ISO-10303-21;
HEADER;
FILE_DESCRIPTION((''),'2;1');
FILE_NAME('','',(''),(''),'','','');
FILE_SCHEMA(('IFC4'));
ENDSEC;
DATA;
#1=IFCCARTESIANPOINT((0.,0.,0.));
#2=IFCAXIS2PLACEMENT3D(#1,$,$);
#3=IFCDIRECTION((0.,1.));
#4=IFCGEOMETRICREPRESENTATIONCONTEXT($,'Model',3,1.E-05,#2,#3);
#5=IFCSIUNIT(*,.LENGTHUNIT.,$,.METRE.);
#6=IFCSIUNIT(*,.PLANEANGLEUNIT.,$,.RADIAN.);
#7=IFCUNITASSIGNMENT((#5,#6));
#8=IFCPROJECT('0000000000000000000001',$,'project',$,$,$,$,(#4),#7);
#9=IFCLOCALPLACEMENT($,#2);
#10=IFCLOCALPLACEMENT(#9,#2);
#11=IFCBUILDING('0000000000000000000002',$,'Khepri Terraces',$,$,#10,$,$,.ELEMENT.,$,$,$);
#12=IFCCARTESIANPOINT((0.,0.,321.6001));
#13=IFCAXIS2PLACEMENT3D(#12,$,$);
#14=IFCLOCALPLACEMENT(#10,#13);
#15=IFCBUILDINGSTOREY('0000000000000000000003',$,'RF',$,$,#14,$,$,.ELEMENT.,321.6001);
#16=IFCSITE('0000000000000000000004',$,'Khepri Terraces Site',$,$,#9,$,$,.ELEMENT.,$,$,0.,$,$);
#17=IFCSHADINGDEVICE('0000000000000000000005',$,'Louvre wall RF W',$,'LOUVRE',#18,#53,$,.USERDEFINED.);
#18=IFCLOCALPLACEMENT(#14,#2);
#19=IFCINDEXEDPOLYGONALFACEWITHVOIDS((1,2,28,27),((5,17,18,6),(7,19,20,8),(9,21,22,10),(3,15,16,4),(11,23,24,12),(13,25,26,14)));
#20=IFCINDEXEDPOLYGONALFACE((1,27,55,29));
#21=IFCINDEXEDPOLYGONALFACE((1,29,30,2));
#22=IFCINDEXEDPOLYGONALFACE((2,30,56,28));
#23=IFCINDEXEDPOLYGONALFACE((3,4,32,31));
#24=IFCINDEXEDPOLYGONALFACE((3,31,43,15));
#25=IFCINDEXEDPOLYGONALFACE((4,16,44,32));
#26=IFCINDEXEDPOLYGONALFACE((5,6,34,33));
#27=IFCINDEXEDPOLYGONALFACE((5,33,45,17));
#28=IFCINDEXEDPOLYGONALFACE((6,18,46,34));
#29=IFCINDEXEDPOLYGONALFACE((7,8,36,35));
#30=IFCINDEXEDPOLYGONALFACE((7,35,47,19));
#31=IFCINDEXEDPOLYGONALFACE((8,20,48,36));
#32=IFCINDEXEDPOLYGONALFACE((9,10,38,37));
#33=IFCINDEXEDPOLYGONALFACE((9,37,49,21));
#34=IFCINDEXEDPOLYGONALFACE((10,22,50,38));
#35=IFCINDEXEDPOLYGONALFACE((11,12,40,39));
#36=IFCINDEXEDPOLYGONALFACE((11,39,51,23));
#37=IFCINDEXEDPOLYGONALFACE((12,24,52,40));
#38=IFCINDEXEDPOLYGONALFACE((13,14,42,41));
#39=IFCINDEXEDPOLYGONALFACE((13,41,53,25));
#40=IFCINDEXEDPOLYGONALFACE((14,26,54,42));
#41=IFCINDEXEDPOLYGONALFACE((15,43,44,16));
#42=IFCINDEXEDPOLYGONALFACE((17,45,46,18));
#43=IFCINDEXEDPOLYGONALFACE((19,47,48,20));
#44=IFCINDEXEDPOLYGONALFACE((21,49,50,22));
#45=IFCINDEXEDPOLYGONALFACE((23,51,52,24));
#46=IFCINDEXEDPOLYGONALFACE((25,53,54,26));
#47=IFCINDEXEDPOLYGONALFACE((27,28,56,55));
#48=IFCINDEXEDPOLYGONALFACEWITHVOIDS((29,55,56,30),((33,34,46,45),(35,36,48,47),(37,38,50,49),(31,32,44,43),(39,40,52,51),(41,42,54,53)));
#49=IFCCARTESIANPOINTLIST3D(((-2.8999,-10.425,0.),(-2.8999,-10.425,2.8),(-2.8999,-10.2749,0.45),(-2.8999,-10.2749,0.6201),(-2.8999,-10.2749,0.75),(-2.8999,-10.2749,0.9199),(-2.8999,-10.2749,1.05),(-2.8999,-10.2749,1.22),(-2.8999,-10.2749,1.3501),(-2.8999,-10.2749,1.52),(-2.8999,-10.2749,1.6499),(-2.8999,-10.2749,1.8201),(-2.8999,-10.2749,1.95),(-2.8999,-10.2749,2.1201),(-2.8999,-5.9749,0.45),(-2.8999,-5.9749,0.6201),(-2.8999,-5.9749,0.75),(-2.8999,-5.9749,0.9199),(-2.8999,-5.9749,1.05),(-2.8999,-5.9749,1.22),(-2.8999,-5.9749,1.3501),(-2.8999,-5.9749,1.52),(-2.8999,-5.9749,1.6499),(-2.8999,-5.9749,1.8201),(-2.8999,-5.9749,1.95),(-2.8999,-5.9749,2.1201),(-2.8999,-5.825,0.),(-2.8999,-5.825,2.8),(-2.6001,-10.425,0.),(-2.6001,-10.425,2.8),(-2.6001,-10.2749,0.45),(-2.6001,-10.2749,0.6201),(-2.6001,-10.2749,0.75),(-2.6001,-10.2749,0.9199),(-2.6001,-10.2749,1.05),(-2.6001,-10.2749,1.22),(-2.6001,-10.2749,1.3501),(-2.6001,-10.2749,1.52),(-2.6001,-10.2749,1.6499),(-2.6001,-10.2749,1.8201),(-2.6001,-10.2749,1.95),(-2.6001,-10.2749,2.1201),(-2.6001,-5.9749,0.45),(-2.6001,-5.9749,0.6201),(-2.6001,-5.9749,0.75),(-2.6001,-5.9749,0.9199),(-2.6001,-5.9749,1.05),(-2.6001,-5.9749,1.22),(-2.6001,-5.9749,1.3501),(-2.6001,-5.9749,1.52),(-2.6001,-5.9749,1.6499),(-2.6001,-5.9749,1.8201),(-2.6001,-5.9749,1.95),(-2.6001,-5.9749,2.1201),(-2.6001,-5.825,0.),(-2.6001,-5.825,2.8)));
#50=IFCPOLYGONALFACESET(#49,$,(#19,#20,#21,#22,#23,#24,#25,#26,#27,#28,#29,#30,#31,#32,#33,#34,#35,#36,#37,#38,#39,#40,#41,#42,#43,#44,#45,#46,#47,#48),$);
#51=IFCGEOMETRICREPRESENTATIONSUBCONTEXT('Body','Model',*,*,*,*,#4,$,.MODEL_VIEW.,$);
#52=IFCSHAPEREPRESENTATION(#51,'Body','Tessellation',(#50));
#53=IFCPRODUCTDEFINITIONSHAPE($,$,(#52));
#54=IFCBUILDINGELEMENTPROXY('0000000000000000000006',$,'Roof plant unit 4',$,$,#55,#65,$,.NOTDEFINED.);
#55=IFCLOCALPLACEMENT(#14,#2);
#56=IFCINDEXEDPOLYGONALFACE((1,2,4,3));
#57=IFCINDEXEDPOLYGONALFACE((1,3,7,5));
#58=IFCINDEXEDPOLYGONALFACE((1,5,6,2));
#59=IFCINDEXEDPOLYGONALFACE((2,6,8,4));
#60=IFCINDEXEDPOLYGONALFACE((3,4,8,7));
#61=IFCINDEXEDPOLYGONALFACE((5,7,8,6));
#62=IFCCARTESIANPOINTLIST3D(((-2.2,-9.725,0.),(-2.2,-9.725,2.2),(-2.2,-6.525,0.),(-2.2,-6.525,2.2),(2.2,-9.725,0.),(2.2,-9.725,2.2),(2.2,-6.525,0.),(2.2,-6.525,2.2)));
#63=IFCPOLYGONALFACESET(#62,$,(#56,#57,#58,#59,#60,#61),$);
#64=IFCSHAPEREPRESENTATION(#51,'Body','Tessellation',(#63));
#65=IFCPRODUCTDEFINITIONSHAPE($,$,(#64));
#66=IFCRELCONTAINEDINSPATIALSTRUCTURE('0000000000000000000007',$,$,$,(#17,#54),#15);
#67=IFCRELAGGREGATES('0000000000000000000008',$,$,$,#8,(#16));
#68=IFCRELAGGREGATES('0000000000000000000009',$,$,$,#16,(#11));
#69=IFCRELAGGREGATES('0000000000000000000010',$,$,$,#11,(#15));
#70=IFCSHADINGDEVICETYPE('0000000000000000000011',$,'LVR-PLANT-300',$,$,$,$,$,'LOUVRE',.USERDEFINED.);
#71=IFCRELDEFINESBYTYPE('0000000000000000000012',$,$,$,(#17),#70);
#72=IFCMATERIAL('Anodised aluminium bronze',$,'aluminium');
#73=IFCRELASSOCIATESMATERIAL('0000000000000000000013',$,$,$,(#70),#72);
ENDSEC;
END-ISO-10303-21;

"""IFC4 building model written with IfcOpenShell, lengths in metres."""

from ifc_helpers import new_model, si_unit, direction, frame, origin, origin_2d, place, context, subcontext, project, spatial, polyline, rectangle, outline, extrude, material, type_object, element, save


model = new_model("IFC4")

# Units and contexts
model_context = context("Model", 3, precision=1e-05, world=origin(), true_north=direction((0.0, 1.0)))
body_context = subcontext(model_context, "Body", "Model", "MODEL_VIEW")
ifc_project = project(units=[si_unit("LENGTHUNIT", "METRE"), si_unit("PLANEANGLEUNIT", "RADIAN")], contexts=[model_context])

# Site, building, storey
site_placement = place(None, origin())
site = spatial("IfcSite", under=ifc_project, at=site_placement, Name="Khepri Terraces Site", CompositionType="ELEMENT", RefElevation=0.0)
building_placement = place(site_placement, origin())
building = spatial("IfcBuilding", under=site, at=building_placement, Name="Khepri Terraces", CompositionType="ELEMENT")
storey_placement = place(building_placement, frame((0.0, 0.0, 321.6001)))
storey = spatial("IfcBuildingStorey", under=building, at=storey_placement, Name="RF", CompositionType="ELEMENT", Elevation=321.6001)

# Shading device
ifc_material_1 = material(Name="Anodised aluminium bronze", Category="aluminium")
shading_device_type = type_object("IfcShadingDeviceType", Name="LVR-PLANT-300", ElementType="LOUVRE", PredefinedType="USERDEFINED", material=ifc_material_1)
shading_device_1_placement = place(storey_placement, frame((-2.6001, -5.825, 0.0), z_axis=(-1.0, 0.0, 0.0), x_axis=(0.0, -1.0, 0.0)))
element("IfcShadingDevice", 1, at=shading_device_1_placement, inside=storey, type_object=shading_device_type, Name="Louvre wall RF W", ObjectType="LOUVRE", PredefinedType="USERDEFINED", context=body_context, shape_type="SweptSolid", body=[
    extrude(outline(polyline([(0.0, 0.0), (4.6001, 0.0), (4.6001, 2.8), (0.0, 2.8), (0.0, 0.0)]), holes=[polyline([(0.1499, 0.45), (4.45, 0.45), (4.45, 0.6201), (0.1499, 0.6201), (0.1499, 0.45)]), polyline([(0.1499, 0.75), (4.45, 0.75), (4.45, 0.9199), (0.1499, 0.9199), (0.1499, 0.75)]), polyline([(0.1499, 1.05), (4.45, 1.05), (4.45, 1.22), (0.1499, 1.22), (0.1499, 1.05)]), polyline([(0.1499, 1.3501), (4.45, 1.3501), (4.45, 1.52), (0.1499, 1.52), (0.1499, 1.3501)]), polyline([(0.1499, 1.6499), (4.45, 1.6499), (4.45, 1.8201), (0.1499, 1.8201), (0.1499, 1.6499)]), polyline([(0.1499, 1.95), (4.45, 1.95), (4.45, 2.1201), (0.1499, 2.1201), (0.1499, 1.95)])]), origin(), (0.0, 0.0, 1.0), 0.2998),
])

# Building element proxy
proxy_placement = place(storey_placement, frame((0.0, -8.125, 0.0), z_axis=(0.0, 0.0, 1.0), x_axis=(1.0, 0.0, 0.0)))
element("IfcBuildingElementProxy", 2, at=proxy_placement, inside=storey, Name="Roof plant unit 4", PredefinedType="NOTDEFINED", context=body_context, shape_type="SweptSolid", body=[
    extrude(rectangle(XDim=4.3999, YDim=3.2, at=origin_2d()), origin(), (0.0, 0.0, 1.0), 2.2),
])

save(model, "model.ifc")
